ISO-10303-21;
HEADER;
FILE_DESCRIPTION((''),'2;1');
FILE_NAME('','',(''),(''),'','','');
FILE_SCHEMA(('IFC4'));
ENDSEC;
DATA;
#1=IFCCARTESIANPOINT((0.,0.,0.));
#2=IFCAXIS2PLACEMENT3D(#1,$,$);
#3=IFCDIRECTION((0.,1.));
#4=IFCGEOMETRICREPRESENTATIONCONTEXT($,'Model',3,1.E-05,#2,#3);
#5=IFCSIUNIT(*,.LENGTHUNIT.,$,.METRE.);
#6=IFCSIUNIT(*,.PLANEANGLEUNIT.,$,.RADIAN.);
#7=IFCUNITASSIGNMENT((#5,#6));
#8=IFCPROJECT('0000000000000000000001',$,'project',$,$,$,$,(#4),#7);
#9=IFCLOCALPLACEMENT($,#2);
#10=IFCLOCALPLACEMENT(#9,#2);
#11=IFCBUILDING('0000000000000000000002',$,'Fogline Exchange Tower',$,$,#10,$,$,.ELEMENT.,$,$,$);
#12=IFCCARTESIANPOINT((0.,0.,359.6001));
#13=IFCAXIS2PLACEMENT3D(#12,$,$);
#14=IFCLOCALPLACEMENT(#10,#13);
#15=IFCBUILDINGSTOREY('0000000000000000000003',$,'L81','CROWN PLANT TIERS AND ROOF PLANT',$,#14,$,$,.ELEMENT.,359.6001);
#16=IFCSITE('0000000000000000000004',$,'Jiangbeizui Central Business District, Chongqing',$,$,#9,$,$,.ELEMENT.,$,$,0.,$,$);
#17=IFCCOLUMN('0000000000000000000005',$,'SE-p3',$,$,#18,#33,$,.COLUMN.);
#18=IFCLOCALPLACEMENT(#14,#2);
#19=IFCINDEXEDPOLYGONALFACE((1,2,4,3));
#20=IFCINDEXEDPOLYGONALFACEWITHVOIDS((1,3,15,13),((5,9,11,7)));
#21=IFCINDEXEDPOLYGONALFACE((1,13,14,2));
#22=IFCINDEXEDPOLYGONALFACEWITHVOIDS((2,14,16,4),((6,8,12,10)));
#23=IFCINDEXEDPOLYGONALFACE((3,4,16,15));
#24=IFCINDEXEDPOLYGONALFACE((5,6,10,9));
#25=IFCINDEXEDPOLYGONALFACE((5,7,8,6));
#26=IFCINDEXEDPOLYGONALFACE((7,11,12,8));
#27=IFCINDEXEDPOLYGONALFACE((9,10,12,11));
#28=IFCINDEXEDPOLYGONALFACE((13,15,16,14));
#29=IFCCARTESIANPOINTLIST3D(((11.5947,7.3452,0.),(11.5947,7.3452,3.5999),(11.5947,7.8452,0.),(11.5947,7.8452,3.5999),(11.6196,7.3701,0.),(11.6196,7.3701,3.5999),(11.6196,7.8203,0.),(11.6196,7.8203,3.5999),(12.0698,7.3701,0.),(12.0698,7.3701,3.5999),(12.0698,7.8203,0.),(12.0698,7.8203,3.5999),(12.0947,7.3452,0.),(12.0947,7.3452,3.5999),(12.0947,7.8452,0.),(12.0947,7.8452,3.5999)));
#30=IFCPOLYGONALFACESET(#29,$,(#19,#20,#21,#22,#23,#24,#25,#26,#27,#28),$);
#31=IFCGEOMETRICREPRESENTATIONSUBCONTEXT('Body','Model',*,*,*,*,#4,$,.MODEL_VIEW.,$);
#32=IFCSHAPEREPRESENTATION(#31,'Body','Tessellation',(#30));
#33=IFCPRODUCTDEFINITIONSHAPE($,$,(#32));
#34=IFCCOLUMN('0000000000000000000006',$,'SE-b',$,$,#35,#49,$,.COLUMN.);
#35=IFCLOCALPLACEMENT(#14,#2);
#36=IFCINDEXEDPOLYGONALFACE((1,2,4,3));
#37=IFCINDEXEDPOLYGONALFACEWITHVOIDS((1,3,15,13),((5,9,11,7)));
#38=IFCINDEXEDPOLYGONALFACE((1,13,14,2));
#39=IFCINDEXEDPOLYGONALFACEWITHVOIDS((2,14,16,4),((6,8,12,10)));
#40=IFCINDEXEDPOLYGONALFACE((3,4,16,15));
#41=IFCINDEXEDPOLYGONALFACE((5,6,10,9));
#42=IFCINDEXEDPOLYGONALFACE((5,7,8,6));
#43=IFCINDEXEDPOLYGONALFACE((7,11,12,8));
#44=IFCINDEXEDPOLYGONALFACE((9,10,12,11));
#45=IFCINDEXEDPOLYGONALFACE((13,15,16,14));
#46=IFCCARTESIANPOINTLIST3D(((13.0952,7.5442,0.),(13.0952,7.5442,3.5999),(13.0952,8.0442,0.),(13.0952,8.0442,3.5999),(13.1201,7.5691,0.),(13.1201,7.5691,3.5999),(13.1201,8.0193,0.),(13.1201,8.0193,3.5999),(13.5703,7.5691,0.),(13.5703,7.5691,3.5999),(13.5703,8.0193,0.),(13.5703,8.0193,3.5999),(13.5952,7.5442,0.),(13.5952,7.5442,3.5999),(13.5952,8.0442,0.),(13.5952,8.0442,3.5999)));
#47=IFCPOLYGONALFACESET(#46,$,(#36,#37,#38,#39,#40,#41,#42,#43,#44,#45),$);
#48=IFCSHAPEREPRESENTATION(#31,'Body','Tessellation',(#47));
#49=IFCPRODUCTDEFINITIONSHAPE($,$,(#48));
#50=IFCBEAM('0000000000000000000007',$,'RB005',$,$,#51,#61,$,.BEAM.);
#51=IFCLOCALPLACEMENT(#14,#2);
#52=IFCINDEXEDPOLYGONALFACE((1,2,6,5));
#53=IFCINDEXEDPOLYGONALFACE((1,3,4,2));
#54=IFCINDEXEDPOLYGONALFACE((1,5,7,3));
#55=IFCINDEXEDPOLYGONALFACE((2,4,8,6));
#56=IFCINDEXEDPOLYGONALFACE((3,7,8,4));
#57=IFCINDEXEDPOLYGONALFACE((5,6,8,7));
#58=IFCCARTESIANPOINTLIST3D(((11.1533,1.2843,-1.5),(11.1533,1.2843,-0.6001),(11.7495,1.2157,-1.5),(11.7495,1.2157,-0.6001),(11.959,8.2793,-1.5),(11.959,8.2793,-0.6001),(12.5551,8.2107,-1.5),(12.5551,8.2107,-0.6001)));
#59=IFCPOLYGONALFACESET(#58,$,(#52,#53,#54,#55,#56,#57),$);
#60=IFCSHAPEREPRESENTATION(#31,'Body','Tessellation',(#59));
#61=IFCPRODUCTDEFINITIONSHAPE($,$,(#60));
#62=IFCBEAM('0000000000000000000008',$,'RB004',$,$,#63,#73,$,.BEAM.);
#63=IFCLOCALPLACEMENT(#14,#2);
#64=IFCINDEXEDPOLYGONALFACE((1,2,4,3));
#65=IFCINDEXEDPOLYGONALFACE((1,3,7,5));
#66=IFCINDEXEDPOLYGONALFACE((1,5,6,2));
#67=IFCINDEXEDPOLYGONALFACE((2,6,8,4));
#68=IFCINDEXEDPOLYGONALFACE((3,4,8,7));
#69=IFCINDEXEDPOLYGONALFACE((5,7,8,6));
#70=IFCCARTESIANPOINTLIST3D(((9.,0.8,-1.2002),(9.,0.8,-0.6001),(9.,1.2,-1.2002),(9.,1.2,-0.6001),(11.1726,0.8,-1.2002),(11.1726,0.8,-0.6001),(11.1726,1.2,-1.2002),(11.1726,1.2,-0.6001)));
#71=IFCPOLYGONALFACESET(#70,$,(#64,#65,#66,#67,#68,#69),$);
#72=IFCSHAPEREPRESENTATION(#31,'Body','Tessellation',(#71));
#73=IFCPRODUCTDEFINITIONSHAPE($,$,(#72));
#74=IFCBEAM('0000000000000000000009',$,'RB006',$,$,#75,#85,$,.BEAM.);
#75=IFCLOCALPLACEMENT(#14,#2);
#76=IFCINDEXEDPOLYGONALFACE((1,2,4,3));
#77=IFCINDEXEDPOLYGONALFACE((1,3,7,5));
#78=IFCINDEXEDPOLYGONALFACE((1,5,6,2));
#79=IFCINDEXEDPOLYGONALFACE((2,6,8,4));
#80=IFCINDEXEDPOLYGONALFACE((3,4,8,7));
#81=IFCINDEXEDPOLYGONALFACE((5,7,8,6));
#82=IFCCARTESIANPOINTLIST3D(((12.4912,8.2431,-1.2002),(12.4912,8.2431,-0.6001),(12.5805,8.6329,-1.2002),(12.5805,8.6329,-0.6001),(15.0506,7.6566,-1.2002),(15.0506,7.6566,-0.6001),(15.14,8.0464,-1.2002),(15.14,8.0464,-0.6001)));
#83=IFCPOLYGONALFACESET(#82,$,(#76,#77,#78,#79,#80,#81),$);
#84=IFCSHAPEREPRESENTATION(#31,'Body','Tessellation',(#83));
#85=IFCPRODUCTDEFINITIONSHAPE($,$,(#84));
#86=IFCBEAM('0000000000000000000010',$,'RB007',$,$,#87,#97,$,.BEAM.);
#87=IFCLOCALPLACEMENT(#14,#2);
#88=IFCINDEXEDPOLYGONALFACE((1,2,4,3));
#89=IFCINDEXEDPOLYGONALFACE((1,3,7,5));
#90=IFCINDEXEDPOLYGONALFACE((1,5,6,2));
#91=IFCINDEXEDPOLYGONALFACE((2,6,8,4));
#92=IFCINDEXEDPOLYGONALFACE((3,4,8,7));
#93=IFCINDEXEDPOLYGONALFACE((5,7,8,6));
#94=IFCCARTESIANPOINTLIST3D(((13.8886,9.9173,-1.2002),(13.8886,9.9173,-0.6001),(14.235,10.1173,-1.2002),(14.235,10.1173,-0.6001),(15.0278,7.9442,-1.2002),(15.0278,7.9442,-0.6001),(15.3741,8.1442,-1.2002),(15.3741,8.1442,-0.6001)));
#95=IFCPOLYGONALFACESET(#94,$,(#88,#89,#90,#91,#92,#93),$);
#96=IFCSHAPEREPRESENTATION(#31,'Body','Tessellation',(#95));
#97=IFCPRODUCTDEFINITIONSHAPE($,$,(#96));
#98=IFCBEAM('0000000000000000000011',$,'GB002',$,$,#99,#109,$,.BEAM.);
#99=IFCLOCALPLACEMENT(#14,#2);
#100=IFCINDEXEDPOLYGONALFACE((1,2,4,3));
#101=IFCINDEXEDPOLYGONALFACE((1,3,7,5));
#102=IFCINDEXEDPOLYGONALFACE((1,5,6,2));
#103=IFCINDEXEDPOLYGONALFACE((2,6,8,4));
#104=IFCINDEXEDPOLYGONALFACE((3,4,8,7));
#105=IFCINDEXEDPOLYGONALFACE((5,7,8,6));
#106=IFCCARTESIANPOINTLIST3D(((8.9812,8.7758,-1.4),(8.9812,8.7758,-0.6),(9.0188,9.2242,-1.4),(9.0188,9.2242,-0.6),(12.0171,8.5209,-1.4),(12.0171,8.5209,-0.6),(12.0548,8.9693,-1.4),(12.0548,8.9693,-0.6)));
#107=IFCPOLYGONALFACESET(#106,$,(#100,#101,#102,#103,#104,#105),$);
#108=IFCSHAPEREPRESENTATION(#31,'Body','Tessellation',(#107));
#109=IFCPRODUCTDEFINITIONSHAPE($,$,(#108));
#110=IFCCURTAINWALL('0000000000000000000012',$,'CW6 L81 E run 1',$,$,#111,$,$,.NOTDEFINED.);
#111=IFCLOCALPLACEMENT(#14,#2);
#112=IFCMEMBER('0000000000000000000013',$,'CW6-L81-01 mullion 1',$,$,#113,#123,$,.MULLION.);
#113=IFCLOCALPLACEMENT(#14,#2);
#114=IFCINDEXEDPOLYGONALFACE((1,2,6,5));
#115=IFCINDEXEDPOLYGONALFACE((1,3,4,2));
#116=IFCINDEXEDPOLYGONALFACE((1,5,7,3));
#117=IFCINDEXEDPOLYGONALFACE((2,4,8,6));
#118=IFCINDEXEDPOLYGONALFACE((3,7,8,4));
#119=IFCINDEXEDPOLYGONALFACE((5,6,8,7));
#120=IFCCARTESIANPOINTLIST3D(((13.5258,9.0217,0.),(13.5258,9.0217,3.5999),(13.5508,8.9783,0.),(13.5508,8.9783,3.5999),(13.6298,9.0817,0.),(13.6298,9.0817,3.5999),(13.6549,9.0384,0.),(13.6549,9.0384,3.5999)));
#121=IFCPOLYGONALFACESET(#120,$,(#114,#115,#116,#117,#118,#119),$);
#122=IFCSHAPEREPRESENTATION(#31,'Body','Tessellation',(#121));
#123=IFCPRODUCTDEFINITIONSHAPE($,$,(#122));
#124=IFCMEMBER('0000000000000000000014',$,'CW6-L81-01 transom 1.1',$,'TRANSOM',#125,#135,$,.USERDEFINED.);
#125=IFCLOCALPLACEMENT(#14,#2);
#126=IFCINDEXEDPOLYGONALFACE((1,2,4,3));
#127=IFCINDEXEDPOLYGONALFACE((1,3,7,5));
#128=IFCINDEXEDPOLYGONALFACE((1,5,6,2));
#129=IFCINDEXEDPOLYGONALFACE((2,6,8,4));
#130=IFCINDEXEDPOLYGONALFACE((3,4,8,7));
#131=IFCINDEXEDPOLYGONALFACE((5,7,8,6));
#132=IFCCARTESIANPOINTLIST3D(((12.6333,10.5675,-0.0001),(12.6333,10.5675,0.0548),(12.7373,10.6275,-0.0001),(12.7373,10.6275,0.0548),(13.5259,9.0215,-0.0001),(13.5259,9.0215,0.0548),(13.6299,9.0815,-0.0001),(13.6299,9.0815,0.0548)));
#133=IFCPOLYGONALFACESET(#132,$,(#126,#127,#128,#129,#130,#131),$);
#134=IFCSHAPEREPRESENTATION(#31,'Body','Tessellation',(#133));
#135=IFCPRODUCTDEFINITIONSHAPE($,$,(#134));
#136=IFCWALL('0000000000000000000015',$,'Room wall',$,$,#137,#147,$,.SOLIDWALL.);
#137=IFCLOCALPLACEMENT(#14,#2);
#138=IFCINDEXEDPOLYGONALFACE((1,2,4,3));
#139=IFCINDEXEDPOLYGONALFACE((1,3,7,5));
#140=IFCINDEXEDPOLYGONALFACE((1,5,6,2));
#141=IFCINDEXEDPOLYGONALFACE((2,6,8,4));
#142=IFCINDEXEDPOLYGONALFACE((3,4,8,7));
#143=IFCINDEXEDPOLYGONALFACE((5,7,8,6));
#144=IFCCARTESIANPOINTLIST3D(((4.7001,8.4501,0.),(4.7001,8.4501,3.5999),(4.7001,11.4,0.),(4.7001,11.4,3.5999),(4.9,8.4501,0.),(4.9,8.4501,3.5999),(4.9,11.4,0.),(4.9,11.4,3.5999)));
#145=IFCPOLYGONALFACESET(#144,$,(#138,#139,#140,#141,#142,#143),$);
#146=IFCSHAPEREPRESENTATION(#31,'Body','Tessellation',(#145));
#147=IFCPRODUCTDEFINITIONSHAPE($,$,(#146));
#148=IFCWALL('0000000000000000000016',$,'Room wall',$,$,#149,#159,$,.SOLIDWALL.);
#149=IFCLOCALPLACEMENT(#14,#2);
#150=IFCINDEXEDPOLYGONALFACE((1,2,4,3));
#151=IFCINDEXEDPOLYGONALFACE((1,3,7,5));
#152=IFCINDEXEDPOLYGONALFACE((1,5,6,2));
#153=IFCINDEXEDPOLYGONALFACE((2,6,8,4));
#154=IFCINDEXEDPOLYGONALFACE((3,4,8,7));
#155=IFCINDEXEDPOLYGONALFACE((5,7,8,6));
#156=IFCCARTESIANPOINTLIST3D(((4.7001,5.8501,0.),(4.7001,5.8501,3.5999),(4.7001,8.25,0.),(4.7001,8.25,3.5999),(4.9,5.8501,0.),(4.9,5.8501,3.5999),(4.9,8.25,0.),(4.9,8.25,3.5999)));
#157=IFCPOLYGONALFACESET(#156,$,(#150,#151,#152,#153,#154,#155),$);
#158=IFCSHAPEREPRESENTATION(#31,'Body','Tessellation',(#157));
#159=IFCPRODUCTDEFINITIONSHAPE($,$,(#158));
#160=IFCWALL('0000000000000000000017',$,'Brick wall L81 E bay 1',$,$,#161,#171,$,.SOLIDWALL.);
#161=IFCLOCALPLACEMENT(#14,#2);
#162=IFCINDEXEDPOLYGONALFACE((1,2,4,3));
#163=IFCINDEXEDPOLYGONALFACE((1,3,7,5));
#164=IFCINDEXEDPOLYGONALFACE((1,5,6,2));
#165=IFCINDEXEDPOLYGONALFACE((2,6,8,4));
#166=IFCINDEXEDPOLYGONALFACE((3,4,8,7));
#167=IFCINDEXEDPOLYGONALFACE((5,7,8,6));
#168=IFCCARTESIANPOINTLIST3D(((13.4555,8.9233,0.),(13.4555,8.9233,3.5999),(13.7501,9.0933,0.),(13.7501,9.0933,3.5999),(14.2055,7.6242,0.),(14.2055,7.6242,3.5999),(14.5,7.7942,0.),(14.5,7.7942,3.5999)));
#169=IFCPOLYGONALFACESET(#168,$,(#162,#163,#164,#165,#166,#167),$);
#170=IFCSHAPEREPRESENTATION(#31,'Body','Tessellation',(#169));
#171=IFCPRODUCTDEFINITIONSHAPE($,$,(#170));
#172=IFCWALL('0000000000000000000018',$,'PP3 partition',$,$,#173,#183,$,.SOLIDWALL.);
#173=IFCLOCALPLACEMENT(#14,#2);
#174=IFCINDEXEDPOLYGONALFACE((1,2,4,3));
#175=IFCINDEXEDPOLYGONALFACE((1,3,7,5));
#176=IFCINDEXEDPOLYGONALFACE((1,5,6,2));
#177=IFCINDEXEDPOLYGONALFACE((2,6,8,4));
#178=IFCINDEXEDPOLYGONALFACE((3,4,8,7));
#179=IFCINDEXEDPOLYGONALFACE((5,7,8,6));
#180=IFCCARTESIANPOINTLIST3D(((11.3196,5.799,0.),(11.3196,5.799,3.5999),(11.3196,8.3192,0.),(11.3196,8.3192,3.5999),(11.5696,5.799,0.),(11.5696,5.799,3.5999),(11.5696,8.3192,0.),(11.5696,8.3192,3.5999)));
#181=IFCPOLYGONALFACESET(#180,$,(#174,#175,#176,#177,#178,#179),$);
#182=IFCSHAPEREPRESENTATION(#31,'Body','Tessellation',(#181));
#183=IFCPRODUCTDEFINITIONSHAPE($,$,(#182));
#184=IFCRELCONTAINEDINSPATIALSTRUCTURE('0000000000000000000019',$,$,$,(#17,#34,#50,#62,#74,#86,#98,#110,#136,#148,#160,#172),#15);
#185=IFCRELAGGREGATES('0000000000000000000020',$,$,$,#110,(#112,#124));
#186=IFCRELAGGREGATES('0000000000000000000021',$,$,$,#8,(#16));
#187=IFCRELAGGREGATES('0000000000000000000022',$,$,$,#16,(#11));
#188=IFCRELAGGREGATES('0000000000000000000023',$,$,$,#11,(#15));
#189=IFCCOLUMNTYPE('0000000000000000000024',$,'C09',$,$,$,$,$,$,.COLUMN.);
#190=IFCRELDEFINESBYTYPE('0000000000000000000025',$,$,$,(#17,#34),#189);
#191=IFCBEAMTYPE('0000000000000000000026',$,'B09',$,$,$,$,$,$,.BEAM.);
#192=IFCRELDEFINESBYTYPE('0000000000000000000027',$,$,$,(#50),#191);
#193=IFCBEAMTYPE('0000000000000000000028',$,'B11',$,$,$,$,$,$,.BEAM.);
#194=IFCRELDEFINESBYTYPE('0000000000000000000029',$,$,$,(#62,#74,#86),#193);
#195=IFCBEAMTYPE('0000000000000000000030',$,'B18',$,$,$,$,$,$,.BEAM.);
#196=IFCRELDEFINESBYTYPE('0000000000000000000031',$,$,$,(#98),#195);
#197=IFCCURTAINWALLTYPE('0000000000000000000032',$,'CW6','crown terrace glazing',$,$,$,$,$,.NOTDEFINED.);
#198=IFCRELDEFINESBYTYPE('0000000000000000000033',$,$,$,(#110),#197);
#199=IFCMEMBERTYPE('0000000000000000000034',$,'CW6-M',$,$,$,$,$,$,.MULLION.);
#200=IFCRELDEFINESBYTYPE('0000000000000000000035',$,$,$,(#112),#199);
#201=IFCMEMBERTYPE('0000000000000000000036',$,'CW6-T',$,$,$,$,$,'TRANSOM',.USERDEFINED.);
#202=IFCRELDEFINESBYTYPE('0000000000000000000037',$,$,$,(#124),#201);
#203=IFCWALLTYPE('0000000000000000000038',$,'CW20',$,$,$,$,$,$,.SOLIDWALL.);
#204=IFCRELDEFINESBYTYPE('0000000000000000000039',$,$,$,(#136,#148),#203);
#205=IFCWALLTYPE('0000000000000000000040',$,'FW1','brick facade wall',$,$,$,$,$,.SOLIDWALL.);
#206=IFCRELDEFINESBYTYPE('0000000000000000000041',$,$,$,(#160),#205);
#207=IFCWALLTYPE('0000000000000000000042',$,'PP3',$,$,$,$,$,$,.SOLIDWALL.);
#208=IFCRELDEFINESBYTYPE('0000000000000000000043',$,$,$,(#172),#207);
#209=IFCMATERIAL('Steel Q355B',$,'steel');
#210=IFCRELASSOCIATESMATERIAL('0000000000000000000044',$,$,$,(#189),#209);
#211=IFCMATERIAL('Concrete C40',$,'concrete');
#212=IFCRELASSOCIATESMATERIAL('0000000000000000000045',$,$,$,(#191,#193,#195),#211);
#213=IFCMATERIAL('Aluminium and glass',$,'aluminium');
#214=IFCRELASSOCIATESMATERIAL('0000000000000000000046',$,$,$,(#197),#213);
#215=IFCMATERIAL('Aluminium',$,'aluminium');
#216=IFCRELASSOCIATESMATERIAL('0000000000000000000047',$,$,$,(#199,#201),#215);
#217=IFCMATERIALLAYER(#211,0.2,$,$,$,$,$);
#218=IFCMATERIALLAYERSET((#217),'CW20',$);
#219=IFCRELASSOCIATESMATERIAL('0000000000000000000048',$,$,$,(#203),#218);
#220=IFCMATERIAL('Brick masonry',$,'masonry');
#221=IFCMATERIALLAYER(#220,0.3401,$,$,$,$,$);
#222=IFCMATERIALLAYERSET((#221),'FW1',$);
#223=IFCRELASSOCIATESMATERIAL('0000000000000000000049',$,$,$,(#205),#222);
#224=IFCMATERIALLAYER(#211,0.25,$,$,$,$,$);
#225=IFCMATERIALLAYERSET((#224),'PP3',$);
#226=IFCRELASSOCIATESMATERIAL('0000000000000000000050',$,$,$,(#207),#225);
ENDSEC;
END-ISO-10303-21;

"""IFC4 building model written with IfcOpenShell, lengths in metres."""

from ifc_helpers import new_model, si_unit, direction, frame, frame_2d, origin, origin_2d, place, context, subcontext, project, spatial, rectangle, hollow_rectangle, extrude, material, layer, layer_set, material_profile, profile_set, type_object, element, aggregate, save


model = new_model("IFC4")

# Units and contexts
model_context = context("Model", 3, precision=1e-05, world=origin(), true_north=direction((0.0, 1.0)))
body_context = subcontext(model_context, "Body", "Model", "MODEL_VIEW")
ifc_project = project(units=[si_unit("LENGTHUNIT", "METRE"), si_unit("PLANEANGLEUNIT", "RADIAN")], contexts=[model_context])

# Site, building, storey
site_placement = place(None, origin())
site = spatial("IfcSite", under=ifc_project, at=site_placement, Name="Jiangbeizui Central Business District, Chongqing", CompositionType="ELEMENT", RefElevation=0.0)
building_placement = place(site_placement, origin())
building = spatial("IfcBuilding", under=site, at=building_placement, Name="Fogline Exchange Tower", CompositionType="ELEMENT")
storey_placement = place(building_placement, frame((0.0, 0.0, 359.6001)))
storey = spatial("IfcBuildingStorey", under=building, at=storey_placement, Name="L81", Description="CROWN PLANT TIERS AND ROOF PLANT", CompositionType="ELEMENT", Elevation=359.6001)

# Columns
ifc_material_1 = material(Name="Steel Q355B", Category="steel")
ifc_material_profile_1 = material_profile(ifc_material_1, hollow_rectangle(XDim=0.5, YDim=0.5, WallThickness=0.0249, at=origin_2d()), Name="BOX500X500X25")
ifc_profile_set_1 = profile_set([ifc_material_profile_1], Name="Steel Q355B")
column_type = type_object("IfcColumnType", Name="C09", PredefinedType="COLUMN", material=ifc_profile_set_1)
for number, where, z_axis, x_axis, name in (
    (1, (11.8447, 7.5952, 0.0), (0.0, 0.0, 1.0), (1.0, 0.0, 0.0), "SE-p3"),
    (2, (13.3452, 7.7942, 0.0), (0.0, 0.0, 1.0), (1.0, 0.0, 0.0), "SE-b"),
):
    element("IfcColumn", number, at=place(storey_placement, frame(where, z_axis=z_axis, x_axis=x_axis)), inside=storey, type_object=column_type, Name=name, PredefinedType="COLUMN", context=body_context, shape_type="SweptSolid", body=[
        extrude(hollow_rectangle(XDim=0.5, YDim=0.5, WallThickness=0.0249, at=origin_2d()), origin(), (0.0, 0.0, 1.0), 3.5999),
    ])

# Beams
ifc_material_2 = material(Name="Concrete C40", Category="concrete")
ifc_material_profile_2 = material_profile(ifc_material_2, rectangle(XDim=0.6001, YDim=0.8999, at=origin_2d()), Name="RC 600x900")
ifc_profile_set_2 = profile_set([ifc_material_profile_2], Name="Concrete C40")
beam_type_1 = type_object("IfcBeamType", Name="B09", PredefinedType="BEAM", material=ifc_profile_set_2)
beam_1_placement = place(storey_placement, frame((11.4514, 1.25, -1.05), z_axis=(0.114419, 0.993433, 0.0), x_axis=(-0.993433, 0.114419, 0.0)))
element("IfcBeam", 3, at=beam_1_placement, inside=storey, type_object=beam_type_1, Name="RB005", PredefinedType="BEAM", context=body_context, shape_type="SweptSolid", body=[
    extrude(rectangle(XDim=0.6001, YDim=0.8999, at=origin_2d()), origin(), (0.0, 0.0, 1.0), 7.0413),
])
ifc_material_profile_3 = material_profile(ifc_material_2, rectangle(XDim=0.3999, YDim=0.6001, at=origin_2d()), Name="RC 400x600")
ifc_profile_set_3 = profile_set([ifc_material_profile_3], Name="Concrete C40")
beam_type_2 = type_object("IfcBeamType", Name="B11", PredefinedType="BEAM", material=ifc_profile_set_3)
beam_2_placement = place(storey_placement, frame((9.0, 1.0, -0.9001), z_axis=(1.0, 0.0, 0.0), x_axis=(0.0, 1.0, 0.0)))
element("IfcBeam", 4, at=beam_2_placement, inside=storey, type_object=beam_type_2, Name="RB004", PredefinedType="BEAM", context=body_context, shape_type="SweptSolid", body=[
    extrude(rectangle(XDim=0.3999, YDim=0.6001, at=origin_2d()), origin(), (0.0, 0.0, 1.0), 2.1726),
])
beam_3_placement = place(storey_placement, frame((12.5359, 8.438, -0.9001), z_axis=(0.974739, -0.223345, 0.0), x_axis=(0.223345, 0.974739, 0.0)))
element("IfcBeam", 5, at=beam_3_placement, inside=storey, type_object=beam_type_2, Name="RB006", PredefinedType="BEAM", context=body_context, shape_type="SweptSolid", body=[
    extrude(rectangle(XDim=0.3999, YDim=0.6001, at=origin_2d()), origin(), (0.0, 0.0, 1.0), 2.6257),
])
beam_4_placement = place(storey_placement, frame((15.2009, 8.0442, -0.9001), z_axis=(-0.499988, 0.866032, 0.0), x_axis=(-0.866032, -0.499988, 0.0)))
element("IfcBeam", 6, at=beam_4_placement, inside=storey, type_object=beam_type_2, Name="RB007", PredefinedType="BEAM", context=body_context, shape_type="SweptSolid", body=[
    extrude(rectangle(XDim=0.3999, YDim=0.6001, at=origin_2d()), origin(), (0.0, 0.0, 1.0), 2.2783),
])
ifc_material_profile_4 = material_profile(ifc_material_2, rectangle(XDim=0.45, YDim=0.8, at=origin_2d()), Name="RC 450x800")
ifc_profile_set_4 = profile_set([ifc_material_profile_4], Name="Concrete C40")
beam_type_3 = type_object("IfcBeamType", Name="B18", PredefinedType="BEAM", material=ifc_profile_set_4)
beam_5_placement = place(storey_placement, frame((9.0, 9.0, -1.0), z_axis=(0.996494, -0.083662, 0.0), x_axis=(0.083662, 0.996494, 0.0)))
element("IfcBeam", 7, at=beam_5_placement, inside=storey, type_object=beam_type_3, Name="GB002", PredefinedType="BEAM", context=body_context, shape_type="SweptSolid", body=[
    extrude(rectangle(XDim=0.45, YDim=0.8, at=origin_2d()), origin(), (0.0, 0.0, 1.0), 3.0466),
])

# Curtain wall, members
ifc_material_3 = material(Name="Aluminium and glass", Category="aluminium")
curtain_wall_type = type_object("IfcCurtainWallType", Name="CW6", Description="crown terrace glazing", PredefinedType="NOTDEFINED", material=ifc_material_3)
curtain_wall_placement = place(storey_placement, origin())
curtain_wall = element("IfcCurtainWall", 8, at=curtain_wall_placement, inside=storey, type_object=curtain_wall_type, Name="CW6 L81 E run 1", PredefinedType="NOTDEFINED")
ifc_material_4 = material(Name="Aluminium", Category="aluminium")
ifc_material_profile_5 = material_profile(ifc_material_4, rectangle(XDim=0.1201, YDim=0.05, at=origin_2d()), Name="Mullion 50x120")
ifc_profile_set_5 = profile_set([ifc_material_profile_5], Name="Aluminium")
member_type_1 = type_object("IfcMemberType", Name="CW6-M", PredefinedType="MULLION", material=ifc_profile_set_5)
member_1_placement = place(storey_placement, frame((13.5903, 9.03, 0.0), z_axis=(0.0, 0.0, 1.0), x_axis=(-0.866024, -0.500002, 0.0)))
member_1 = element("IfcMember", 9, at=member_1_placement, type_object=member_type_1, Name="CW6-L81-01 mullion 1", PredefinedType="MULLION", context=body_context, shape_type="SweptSolid", body=[
    extrude(rectangle(XDim=0.1201, YDim=0.05, at=origin_2d()), origin(), (0.0, 0.0, 1.0), 3.5999),
])
ifc_material_profile_6 = material_profile(ifc_material_4, rectangle(XDim=0.1201, YDim=0.0549, at=origin_2d()), Name="Transom 55x120")
ifc_profile_set_6 = profile_set([ifc_material_profile_6], Name="Aluminium")
member_type_2 = type_object("IfcMemberType", Name="CW6-T", ElementType="TRANSOM", PredefinedType="USERDEFINED", material=ifc_profile_set_6)
member_2_placement = place(storey_placement, frame((13.5779, 9.0515, 0.0273), z_axis=(-0.500022, 0.866012, 0.0), x_axis=(-0.866012, -0.500022, 0.0)))
member_2 = element("IfcMember", 10, at=member_2_placement, type_object=member_type_2, Name="CW6-L81-01 transom 1.1", ObjectType="TRANSOM", PredefinedType="USERDEFINED", context=body_context, shape_type="SweptSolid", body=[
    extrude(rectangle(XDim=0.1201, YDim=0.0549, at=origin_2d()), origin(), (0.0, 0.0, 1.0), 1.7852),
])
aggregate(curtain_wall, [member_1, member_2])

# Walls
ifc_layer_1 = layer(ifc_material_2, 0.2)
ifc_layer_set_1 = layer_set([ifc_layer_1], Name="CW20")
wall_type_1 = type_object("IfcWallType", Name="CW20", PredefinedType="SOLIDWALL", material=ifc_layer_set_1)
wall_1_placement = place(storey_placement, frame((4.8, 8.45, 0.0), z_axis=(0.0, 0.0, 1.0), x_axis=(0.0, 1.0, 0.0)))
element("IfcWall", 11, at=wall_1_placement, inside=storey, type_object=wall_type_1, Name="Room wall", PredefinedType="SOLIDWALL", context=body_context, shape_type="SweptSolid", body=[
    extrude(rectangle(XDim=2.95, YDim=0.2, at=frame_2d((1.4751, 0.0))), origin(), (0.0, 0.0, 1.0), 3.5999),
])
wall_2_placement = place(storey_placement, frame((4.8, 5.8501, 0.0), z_axis=(0.0, 0.0, 1.0), x_axis=(0.0, 1.0, 0.0)))
element("IfcWall", 12, at=wall_2_placement, inside=storey, type_object=wall_type_1, Name="Room wall", PredefinedType="SOLIDWALL", context=body_context, shape_type="SweptSolid", body=[
    extrude(rectangle(XDim=2.3999, YDim=0.2, at=frame_2d((1.2, 0.0))), origin(), (0.0, 0.0, 1.0), 3.5999),
])

# Shared definitions
ifc_material_5 = material(Name="Brick masonry", Category="masonry")
ifc_layer_2 = layer(ifc_material_5, 0.3401)
ifc_layer_set_2 = layer_set([ifc_layer_2], Name="FW1")
wall_type_2 = type_object("IfcWallType", Name="FW1", Description="brick facade wall", PredefinedType="SOLIDWALL", material=ifc_layer_set_2)

# Walls
wall_3_placement = place(storey_placement, frame((14.3528, 7.7092, 0.0), z_axis=(0.0, 0.0, 1.0), x_axis=(-0.49999, 0.866031, 0.0)))
element("IfcWall", 13, at=wall_3_placement, inside=storey, type_object=wall_type_2, Name="Brick wall L81 E bay 1", PredefinedType="SOLIDWALL", context=body_context, shape_type="SweptSolid", body=[
    extrude(rectangle(XDim=1.5, YDim=0.3401, at=frame_2d((0.75, 0.0))), origin(), (0.0, 0.0, 1.0), 3.5999),
])
ifc_layer_3 = layer(ifc_material_2, 0.25)
ifc_layer_set_3 = layer_set([ifc_layer_3], Name="PP3")
wall_type_3 = type_object("IfcWallType", Name="PP3", PredefinedType="SOLIDWALL", material=ifc_layer_set_3)
wall_4_placement = place(storey_placement, frame((11.4446, 5.7988, 0.0), z_axis=(0.0, 0.0, 1.0), x_axis=(0.0, 1.0, 0.0)))
element("IfcWall", 14, at=wall_4_placement, inside=storey, type_object=wall_type_3, Name="PP3 partition", PredefinedType="SOLIDWALL", context=body_context, shape_type="SweptSolid", body=[
    extrude(rectangle(XDim=2.5203, YDim=0.25, at=frame_2d((1.2603, 0.0))), origin(), (0.0, 0.0, 1.0), 3.5999),
])

save(model, "model.ifc")
